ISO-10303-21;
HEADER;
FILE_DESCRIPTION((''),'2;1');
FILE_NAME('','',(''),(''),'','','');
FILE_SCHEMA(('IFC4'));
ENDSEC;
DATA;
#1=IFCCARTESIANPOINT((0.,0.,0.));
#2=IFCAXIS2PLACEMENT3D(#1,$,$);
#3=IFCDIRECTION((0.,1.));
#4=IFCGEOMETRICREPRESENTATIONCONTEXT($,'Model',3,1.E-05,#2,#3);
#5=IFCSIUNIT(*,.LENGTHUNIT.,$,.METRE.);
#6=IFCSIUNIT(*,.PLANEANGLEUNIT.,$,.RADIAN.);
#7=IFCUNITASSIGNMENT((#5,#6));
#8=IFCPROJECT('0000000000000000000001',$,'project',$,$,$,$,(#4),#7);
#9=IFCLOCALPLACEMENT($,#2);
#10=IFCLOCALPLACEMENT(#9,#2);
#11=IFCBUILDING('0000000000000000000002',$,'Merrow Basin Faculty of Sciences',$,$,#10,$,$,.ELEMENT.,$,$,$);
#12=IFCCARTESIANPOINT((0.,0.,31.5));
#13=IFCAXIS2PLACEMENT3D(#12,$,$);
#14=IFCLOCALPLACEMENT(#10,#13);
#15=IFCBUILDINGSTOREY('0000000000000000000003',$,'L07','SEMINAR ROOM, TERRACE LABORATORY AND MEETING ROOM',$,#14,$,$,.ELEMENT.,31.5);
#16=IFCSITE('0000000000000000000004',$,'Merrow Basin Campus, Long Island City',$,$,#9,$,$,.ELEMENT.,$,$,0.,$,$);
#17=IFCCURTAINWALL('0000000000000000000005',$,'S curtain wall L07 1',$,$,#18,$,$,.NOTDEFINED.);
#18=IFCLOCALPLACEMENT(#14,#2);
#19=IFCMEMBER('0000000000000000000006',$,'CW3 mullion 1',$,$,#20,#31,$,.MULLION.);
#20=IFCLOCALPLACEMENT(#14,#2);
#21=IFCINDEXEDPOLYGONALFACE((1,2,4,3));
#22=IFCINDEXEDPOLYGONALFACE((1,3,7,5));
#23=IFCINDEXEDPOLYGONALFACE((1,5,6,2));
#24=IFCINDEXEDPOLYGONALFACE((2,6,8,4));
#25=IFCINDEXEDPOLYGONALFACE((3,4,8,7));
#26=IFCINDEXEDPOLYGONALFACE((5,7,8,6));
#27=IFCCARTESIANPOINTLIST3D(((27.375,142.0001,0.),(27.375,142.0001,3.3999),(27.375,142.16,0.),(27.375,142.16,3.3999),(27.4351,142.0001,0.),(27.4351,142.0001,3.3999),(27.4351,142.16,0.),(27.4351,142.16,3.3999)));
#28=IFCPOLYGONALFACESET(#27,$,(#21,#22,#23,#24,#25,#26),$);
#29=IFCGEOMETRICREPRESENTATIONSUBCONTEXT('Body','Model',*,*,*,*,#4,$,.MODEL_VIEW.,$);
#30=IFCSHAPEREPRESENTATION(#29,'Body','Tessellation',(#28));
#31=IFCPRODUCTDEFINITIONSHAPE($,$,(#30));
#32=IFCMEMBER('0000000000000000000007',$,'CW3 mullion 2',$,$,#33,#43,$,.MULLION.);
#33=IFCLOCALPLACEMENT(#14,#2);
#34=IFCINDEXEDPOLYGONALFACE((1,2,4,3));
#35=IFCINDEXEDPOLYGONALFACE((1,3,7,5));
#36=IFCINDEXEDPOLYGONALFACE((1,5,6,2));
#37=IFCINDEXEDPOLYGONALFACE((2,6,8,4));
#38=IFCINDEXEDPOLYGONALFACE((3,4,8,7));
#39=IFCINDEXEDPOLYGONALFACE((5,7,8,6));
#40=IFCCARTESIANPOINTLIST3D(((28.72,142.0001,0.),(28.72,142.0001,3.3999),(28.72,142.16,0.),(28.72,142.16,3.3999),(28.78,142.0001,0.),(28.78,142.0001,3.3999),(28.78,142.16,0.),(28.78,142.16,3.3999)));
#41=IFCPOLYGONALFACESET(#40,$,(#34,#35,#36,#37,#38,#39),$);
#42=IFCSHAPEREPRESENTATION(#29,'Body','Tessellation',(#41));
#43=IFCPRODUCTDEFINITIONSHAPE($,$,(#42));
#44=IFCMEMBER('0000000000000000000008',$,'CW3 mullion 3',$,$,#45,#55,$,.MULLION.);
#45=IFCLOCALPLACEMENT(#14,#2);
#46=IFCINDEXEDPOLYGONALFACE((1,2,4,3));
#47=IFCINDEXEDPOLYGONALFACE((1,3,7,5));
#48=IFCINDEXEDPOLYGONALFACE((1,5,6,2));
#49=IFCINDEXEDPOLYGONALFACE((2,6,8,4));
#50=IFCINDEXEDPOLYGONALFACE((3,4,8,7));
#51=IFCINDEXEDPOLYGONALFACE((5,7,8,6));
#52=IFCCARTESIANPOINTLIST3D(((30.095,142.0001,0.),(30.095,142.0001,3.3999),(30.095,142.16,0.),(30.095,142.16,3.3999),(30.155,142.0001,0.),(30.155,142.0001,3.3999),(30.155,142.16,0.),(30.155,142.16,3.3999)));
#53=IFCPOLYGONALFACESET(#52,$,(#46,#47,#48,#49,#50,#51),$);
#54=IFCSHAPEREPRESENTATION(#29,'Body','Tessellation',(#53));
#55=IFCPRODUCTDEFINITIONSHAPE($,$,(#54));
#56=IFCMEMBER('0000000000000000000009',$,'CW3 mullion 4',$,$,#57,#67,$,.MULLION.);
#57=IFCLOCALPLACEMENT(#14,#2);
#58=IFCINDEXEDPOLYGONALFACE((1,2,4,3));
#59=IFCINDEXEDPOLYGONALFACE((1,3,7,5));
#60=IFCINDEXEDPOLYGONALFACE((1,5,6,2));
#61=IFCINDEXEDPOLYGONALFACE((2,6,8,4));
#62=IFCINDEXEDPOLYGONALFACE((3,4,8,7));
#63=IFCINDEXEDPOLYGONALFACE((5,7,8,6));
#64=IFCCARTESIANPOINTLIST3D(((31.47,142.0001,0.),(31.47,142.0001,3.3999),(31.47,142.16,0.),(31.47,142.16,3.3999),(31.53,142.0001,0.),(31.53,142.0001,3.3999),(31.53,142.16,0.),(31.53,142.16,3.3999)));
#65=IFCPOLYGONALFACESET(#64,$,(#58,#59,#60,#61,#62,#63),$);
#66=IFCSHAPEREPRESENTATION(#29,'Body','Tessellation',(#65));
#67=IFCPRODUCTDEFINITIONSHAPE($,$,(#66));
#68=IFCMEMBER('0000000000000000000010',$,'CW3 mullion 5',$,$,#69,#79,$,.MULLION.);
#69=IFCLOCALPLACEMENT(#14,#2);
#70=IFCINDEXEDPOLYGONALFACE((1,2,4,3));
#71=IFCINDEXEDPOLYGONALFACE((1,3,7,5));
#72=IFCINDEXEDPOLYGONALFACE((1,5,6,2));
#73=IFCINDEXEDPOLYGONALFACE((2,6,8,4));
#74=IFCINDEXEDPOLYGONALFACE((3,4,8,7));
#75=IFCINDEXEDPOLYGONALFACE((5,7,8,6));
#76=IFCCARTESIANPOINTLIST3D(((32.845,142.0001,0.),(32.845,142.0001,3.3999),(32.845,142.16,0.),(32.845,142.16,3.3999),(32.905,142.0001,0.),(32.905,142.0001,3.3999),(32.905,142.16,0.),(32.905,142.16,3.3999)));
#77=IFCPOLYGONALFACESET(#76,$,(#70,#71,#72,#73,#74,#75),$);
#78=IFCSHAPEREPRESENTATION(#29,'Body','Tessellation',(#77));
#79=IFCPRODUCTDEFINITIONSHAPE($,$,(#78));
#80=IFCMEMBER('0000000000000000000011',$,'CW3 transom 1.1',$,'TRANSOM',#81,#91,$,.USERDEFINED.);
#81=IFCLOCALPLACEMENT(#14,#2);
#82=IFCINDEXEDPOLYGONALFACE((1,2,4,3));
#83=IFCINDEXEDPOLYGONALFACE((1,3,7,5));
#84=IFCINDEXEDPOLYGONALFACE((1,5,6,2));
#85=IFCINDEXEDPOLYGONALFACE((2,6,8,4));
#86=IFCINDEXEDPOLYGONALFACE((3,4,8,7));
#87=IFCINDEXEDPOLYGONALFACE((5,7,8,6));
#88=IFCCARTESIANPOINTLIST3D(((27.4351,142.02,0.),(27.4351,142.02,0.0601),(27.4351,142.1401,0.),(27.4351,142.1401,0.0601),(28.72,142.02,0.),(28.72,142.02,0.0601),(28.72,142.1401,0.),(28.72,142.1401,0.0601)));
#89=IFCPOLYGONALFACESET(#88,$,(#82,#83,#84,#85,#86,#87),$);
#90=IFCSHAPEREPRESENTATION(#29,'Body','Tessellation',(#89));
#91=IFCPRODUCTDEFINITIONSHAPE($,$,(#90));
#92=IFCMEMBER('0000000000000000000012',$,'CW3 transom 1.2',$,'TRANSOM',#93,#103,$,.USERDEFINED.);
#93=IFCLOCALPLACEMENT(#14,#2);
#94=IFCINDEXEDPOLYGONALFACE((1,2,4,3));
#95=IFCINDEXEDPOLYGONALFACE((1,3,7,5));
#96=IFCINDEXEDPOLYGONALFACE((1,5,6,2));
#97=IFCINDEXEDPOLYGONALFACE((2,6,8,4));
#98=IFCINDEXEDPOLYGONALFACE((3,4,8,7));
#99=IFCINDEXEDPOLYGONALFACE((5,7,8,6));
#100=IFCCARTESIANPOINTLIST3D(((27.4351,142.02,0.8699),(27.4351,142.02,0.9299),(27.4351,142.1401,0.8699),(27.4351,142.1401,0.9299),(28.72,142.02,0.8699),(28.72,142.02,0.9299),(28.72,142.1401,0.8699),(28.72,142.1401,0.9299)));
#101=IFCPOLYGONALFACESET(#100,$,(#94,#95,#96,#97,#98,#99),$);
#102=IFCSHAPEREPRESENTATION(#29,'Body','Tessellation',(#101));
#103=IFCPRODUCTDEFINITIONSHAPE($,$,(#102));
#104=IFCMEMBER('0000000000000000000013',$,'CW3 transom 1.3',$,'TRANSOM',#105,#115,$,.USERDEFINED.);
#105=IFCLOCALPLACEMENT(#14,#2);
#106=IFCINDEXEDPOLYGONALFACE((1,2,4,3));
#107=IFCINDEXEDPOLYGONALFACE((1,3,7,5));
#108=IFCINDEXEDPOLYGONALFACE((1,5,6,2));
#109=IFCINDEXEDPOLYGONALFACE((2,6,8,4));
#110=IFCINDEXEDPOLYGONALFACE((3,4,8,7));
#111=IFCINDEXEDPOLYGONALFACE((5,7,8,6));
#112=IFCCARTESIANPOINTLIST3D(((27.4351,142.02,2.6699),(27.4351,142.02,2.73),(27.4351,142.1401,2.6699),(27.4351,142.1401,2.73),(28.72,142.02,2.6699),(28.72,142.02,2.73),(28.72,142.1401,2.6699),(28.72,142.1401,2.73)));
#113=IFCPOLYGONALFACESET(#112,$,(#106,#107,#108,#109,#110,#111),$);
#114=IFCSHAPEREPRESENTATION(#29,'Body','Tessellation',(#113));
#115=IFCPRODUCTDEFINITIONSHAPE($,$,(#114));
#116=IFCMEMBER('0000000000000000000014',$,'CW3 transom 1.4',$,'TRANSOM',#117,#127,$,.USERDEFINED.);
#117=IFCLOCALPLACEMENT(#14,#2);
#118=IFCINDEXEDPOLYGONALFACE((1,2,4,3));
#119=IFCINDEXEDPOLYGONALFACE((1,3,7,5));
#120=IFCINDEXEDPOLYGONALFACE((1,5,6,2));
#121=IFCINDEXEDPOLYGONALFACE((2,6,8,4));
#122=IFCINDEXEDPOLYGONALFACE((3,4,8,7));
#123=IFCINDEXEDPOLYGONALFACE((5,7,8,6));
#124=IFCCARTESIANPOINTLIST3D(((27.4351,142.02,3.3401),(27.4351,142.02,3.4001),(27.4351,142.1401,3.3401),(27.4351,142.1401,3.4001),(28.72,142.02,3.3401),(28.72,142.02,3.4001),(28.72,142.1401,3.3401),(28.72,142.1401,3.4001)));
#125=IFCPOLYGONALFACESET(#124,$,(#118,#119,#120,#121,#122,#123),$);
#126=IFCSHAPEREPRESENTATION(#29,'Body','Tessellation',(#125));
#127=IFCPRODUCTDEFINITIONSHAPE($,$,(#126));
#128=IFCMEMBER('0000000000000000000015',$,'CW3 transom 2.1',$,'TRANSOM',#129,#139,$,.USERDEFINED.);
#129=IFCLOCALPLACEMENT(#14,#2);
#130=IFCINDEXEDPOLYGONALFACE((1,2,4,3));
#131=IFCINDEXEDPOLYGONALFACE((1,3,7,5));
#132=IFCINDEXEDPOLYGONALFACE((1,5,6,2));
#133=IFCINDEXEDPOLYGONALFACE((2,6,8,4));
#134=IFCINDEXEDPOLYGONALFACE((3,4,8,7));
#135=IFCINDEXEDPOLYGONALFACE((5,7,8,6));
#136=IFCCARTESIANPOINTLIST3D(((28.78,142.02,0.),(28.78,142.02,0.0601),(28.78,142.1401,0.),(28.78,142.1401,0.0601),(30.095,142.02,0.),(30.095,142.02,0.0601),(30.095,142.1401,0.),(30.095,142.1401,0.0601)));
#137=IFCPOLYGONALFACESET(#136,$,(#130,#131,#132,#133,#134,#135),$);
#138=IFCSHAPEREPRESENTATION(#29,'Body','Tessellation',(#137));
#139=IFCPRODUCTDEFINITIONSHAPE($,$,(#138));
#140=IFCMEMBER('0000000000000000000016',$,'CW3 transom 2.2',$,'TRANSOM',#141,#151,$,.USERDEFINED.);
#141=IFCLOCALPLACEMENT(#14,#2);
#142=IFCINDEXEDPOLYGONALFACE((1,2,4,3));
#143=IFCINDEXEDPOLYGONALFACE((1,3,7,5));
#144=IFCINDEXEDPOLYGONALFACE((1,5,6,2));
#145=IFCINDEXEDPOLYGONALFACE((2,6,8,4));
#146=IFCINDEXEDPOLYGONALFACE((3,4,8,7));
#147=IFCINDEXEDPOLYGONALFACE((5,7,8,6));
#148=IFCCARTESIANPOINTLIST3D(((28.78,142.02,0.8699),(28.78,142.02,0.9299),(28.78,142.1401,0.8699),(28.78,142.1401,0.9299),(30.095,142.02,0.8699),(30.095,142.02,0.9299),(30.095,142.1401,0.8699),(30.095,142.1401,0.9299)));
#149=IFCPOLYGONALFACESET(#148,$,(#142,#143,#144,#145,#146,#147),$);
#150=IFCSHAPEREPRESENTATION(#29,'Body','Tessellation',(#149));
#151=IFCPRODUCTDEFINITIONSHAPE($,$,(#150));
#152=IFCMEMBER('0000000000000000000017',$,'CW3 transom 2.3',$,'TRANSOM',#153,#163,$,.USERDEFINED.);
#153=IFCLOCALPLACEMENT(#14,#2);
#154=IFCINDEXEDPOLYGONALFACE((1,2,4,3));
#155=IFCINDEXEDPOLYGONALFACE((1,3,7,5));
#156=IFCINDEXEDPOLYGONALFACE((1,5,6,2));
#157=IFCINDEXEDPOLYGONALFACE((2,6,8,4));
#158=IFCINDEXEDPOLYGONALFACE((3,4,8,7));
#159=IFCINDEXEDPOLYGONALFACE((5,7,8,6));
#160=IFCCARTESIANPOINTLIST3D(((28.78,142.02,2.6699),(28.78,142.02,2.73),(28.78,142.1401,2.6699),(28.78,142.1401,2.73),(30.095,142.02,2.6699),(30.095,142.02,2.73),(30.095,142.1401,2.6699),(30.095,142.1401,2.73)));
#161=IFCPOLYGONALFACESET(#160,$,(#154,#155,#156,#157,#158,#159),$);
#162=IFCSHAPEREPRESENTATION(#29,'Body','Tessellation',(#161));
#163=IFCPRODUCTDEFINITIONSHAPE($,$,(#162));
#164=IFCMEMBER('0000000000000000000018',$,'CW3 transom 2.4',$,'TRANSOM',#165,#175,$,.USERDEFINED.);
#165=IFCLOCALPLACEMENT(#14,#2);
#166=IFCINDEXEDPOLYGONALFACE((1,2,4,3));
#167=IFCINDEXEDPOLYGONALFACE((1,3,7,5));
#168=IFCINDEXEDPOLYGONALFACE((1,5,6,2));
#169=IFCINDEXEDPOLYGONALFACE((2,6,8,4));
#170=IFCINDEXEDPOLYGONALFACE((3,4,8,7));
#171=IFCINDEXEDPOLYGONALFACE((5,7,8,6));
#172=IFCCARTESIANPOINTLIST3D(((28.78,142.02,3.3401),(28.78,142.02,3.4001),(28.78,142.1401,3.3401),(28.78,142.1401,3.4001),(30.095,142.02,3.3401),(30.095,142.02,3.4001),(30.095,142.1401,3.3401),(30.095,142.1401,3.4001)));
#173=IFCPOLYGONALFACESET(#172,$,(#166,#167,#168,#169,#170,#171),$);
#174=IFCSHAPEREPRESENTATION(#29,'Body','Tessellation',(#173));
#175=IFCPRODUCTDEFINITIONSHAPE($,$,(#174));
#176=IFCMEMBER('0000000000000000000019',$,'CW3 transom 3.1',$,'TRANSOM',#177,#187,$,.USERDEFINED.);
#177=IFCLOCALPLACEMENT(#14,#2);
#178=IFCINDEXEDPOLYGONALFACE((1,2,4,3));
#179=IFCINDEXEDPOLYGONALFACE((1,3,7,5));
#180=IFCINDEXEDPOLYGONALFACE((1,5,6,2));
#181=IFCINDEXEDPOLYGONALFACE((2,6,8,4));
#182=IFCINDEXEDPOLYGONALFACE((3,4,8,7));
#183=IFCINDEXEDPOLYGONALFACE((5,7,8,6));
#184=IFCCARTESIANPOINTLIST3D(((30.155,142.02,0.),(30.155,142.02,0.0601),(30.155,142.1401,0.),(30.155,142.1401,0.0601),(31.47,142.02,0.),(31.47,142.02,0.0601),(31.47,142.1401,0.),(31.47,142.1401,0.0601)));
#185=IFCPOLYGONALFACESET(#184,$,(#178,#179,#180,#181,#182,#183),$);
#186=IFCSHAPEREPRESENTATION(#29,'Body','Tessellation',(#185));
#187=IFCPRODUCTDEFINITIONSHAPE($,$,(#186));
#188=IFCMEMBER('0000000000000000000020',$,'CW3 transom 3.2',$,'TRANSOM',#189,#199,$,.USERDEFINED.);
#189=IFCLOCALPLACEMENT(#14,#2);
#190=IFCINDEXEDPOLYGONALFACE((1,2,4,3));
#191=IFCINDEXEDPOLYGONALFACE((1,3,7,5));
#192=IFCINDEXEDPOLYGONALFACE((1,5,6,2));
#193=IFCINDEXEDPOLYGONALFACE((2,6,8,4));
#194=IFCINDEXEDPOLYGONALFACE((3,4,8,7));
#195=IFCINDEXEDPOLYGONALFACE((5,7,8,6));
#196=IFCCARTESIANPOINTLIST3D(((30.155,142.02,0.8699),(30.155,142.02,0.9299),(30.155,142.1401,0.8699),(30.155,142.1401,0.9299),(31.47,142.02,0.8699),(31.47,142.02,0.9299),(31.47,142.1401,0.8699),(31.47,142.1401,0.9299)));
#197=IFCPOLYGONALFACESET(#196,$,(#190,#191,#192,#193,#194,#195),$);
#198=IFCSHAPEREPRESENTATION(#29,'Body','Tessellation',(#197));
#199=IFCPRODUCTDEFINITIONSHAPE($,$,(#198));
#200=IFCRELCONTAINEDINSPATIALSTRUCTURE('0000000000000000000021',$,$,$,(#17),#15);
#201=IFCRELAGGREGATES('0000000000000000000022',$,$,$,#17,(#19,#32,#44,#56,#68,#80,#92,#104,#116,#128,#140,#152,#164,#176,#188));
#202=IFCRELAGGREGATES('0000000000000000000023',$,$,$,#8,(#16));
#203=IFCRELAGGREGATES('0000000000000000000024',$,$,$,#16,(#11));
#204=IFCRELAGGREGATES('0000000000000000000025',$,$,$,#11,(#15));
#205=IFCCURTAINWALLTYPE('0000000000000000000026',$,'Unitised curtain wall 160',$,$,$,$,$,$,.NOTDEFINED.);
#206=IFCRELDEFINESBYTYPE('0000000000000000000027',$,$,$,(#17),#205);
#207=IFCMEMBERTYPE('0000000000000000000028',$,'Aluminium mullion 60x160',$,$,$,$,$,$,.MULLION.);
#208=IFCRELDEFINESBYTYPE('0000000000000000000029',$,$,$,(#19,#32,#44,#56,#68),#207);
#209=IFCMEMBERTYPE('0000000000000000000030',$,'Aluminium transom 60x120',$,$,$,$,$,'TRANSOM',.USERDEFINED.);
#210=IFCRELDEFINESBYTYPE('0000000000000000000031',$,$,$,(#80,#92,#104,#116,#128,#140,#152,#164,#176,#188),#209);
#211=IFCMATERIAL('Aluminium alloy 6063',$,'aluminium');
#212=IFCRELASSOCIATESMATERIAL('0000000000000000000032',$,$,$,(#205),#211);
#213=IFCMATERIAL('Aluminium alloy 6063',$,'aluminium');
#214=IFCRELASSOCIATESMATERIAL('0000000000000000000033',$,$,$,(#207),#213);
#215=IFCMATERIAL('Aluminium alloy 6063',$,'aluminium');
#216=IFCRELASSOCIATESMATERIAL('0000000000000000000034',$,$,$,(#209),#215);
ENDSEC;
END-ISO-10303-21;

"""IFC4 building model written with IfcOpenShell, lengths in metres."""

from ifc_helpers import new_model, si_unit, direction, frame, origin, origin_2d, place, context, subcontext, project, spatial, rectangle, extrude, material, material_profile, profile_set, type_object, element, aggregate, save


model = new_model("IFC4")

# Units and contexts
model_context = context("Model", 3, precision=1e-05, world=origin(), true_north=direction((0.0, 1.0)))
body_context = subcontext(model_context, "Body", "Model", "MODEL_VIEW")
ifc_project = project(units=[si_unit("LENGTHUNIT", "METRE"), si_unit("PLANEANGLEUNIT", "RADIAN")], contexts=[model_context])

# Site, building, storey
site_placement = place(None, origin())
site = spatial("IfcSite", under=ifc_project, at=site_placement, Name="Merrow Basin Campus, Long Island City", CompositionType="ELEMENT", RefElevation=0.0)
building_placement = place(site_placement, origin())
building = spatial("IfcBuilding", under=site, at=building_placement, Name="Merrow Basin Faculty of Sciences", CompositionType="ELEMENT")
storey_placement = place(building_placement, frame((0.0, 0.0, 31.5)))
storey = spatial("IfcBuildingStorey", under=building, at=storey_placement, Name="L07", Description="SEMINAR ROOM, TERRACE LABORATORY AND MEETING ROOM", CompositionType="ELEMENT", Elevation=31.5)

# Curtain wall, members
ifc_material_1 = material(Name="Aluminium alloy 6063", Category="aluminium")
curtain_wall_type = type_object("IfcCurtainWallType", Name="Unitised curtain wall 160", PredefinedType="NOTDEFINED", material=ifc_material_1)
curtain_wall_placement = place(storey_placement, origin())
curtain_wall = element("IfcCurtainWall", 1, at=curtain_wall_placement, inside=storey, type_object=curtain_wall_type, Name="S curtain wall L07 1", PredefinedType="NOTDEFINED")
ifc_material_2 = material(Name="Aluminium alloy 6063", Category="aluminium")
ifc_material_profile_1 = material_profile(ifc_material_2, rectangle(XDim=0.1599, YDim=0.0601, at=origin_2d()))
ifc_profile_set_1 = profile_set([ifc_material_profile_1], Name="Aluminium alloy 6063")
member_type_1 = type_object("IfcMemberType", Name="Aluminium mullion 60x160", PredefinedType="MULLION", material=ifc_profile_set_1)
member_1_placement = place(storey_placement, frame((27.405, 142.0801, 0.0), z_axis=(0.0, 0.0, 1.0), x_axis=(0.0, 1.0, 0.0)))
member_1 = element("IfcMember", 2, at=member_1_placement, type_object=member_type_1, Name="CW3 mullion 1", PredefinedType="MULLION", context=body_context, shape_type="SweptSolid", body=[
    extrude(rectangle(XDim=0.1599, YDim=0.0601, at=origin_2d()), origin(), (0.0, 0.0, 1.0), 3.3999),
])
member_2_placement = place(storey_placement, frame((28.75, 142.0801, 0.0), z_axis=(0.0, 0.0, 1.0), x_axis=(0.0, 1.0, 0.0)))
member_2 = element("IfcMember", 3, at=member_2_placement, type_object=member_type_1, Name="CW3 mullion 2", PredefinedType="MULLION", context=body_context, shape_type="SweptSolid", body=[
    extrude(rectangle(XDim=0.1599, YDim=0.0601, at=origin_2d()), origin(), (0.0, 0.0, 1.0), 3.3999),
])
member_3_placement = place(storey_placement, frame((30.125, 142.0801, 0.0), z_axis=(0.0, 0.0, 1.0), x_axis=(0.0, 1.0, 0.0)))
member_3 = element("IfcMember", 4, at=member_3_placement, type_object=member_type_1, Name="CW3 mullion 3", PredefinedType="MULLION", context=body_context, shape_type="SweptSolid", body=[
    extrude(rectangle(XDim=0.1599, YDim=0.0601, at=origin_2d()), origin(), (0.0, 0.0, 1.0), 3.3999),
])
member_4_placement = place(storey_placement, frame((31.5, 142.0801, 0.0), z_axis=(0.0, 0.0, 1.0), x_axis=(0.0, 1.0, 0.0)))
member_4 = element("IfcMember", 5, at=member_4_placement, type_object=member_type_1, Name="CW3 mullion 4", PredefinedType="MULLION", context=body_context, shape_type="SweptSolid", body=[
    extrude(rectangle(XDim=0.1599, YDim=0.0601, at=origin_2d()), origin(), (0.0, 0.0, 1.0), 3.3999),
])
member_5_placement = place(storey_placement, frame((32.875, 142.0801, 0.0), z_axis=(0.0, 0.0, 1.0), x_axis=(0.0, 1.0, 0.0)))
member_5 = element("IfcMember", 6, at=member_5_placement, type_object=member_type_1, Name="CW3 mullion 5", PredefinedType="MULLION", context=body_context, shape_type="SweptSolid", body=[
    extrude(rectangle(XDim=0.1599, YDim=0.0601, at=origin_2d()), origin(), (0.0, 0.0, 1.0), 3.3999),
])
ifc_material_3 = material(Name="Aluminium alloy 6063", Category="aluminium")
ifc_material_profile_2 = material_profile(ifc_material_3, rectangle(XDim=0.1201, YDim=0.0601, at=origin_2d()))
ifc_profile_set_2 = profile_set([ifc_material_profile_2], Name="Aluminium alloy 6063")
member_type_2 = type_object("IfcMemberType", Name="Aluminium transom 60x120", ElementType="TRANSOM", PredefinedType="USERDEFINED", material=ifc_profile_set_2)
member_6_placement = place(storey_placement, frame((27.4351, 142.0801, 0.03), z_axis=(1.0, 0.0, 0.0), x_axis=(0.0, 1.0, 0.0)))
member_6 = element("IfcMember", 7, at=member_6_placement, type_object=member_type_2, Name="CW3 transom 1.1", ObjectType="TRANSOM", PredefinedType="USERDEFINED", context=body_context, shape_type="SweptSolid", body=[
    extrude(rectangle(XDim=0.1201, YDim=0.0601, at=origin_2d()), origin(), (0.0, 0.0, 1.0), 1.2849),
])
member_7_placement = place(storey_placement, frame((27.4351, 142.0801, 0.8999), z_axis=(1.0, 0.0, 0.0), x_axis=(0.0, 1.0, 0.0)))
member_7 = element("IfcMember", 8, at=member_7_placement, type_object=member_type_2, Name="CW3 transom 1.2", ObjectType="TRANSOM", PredefinedType="USERDEFINED", context=body_context, shape_type="SweptSolid", body=[
    extrude(rectangle(XDim=0.1201, YDim=0.0601, at=origin_2d()), origin(), (0.0, 0.0, 1.0), 1.2849),
])
member_8_placement = place(storey_placement, frame((27.4351, 142.0801, 2.7), z_axis=(1.0, 0.0, 0.0), x_axis=(0.0, 1.0, 0.0)))
member_8 = element("IfcMember", 9, at=member_8_placement, type_object=member_type_2, Name="CW3 transom 1.3", ObjectType="TRANSOM", PredefinedType="USERDEFINED", context=body_context, shape_type="SweptSolid", body=[
    extrude(rectangle(XDim=0.1201, YDim=0.0601, at=origin_2d()), origin(), (0.0, 0.0, 1.0), 1.2849),
])
member_9_placement = place(storey_placement, frame((27.4351, 142.0801, 3.3701), z_axis=(1.0, 0.0, 0.0), x_axis=(0.0, 1.0, 0.0)))
member_9 = element("IfcMember", 10, at=member_9_placement, type_object=member_type_2, Name="CW3 transom 1.4", ObjectType="TRANSOM", PredefinedType="USERDEFINED", context=body_context, shape_type="SweptSolid", body=[
    extrude(rectangle(XDim=0.1201, YDim=0.0601, at=origin_2d()), origin(), (0.0, 0.0, 1.0), 1.2849),
])
member_10_placement = place(storey_placement, frame((28.78, 142.0801, 0.03), z_axis=(1.0, 0.0, 0.0), x_axis=(0.0, 1.0, 0.0)))
member_10 = element("IfcMember", 11, at=member_10_placement, type_object=member_type_2, Name="CW3 transom 2.1", ObjectType="TRANSOM", PredefinedType="USERDEFINED", context=body_context, shape_type="SweptSolid", body=[
    extrude(rectangle(XDim=0.1201, YDim=0.0601, at=origin_2d()), origin(), (0.0, 0.0, 1.0), 1.3149),
])
member_11_placement = place(storey_placement, frame((28.78, 142.0801, 0.8999), z_axis=(1.0, 0.0, 0.0), x_axis=(0.0, 1.0, 0.0)))
member_11 = element("IfcMember", 12, at=member_11_placement, type_object=member_type_2, Name="CW3 transom 2.2", ObjectType="TRANSOM", PredefinedType="USERDEFINED", context=body_context, shape_type="SweptSolid", body=[
    extrude(rectangle(XDim=0.1201, YDim=0.0601, at=origin_2d()), origin(), (0.0, 0.0, 1.0), 1.3149),
])
member_12_placement = place(storey_placement, frame((28.78, 142.0801, 2.7), z_axis=(1.0, 0.0, 0.0), x_axis=(0.0, 1.0, 0.0)))
member_12 = element("IfcMember", 13, at=member_12_placement, type_object=member_type_2, Name="CW3 transom 2.3", ObjectType="TRANSOM", PredefinedType="USERDEFINED", context=body_context, shape_type="SweptSolid", body=[
    extrude(rectangle(XDim=0.1201, YDim=0.0601, at=origin_2d()), origin(), (0.0, 0.0, 1.0), 1.3149),
])
member_13_placement = place(storey_placement, frame((28.78, 142.0801, 3.3701), z_axis=(1.0, 0.0, 0.0), x_axis=(0.0, 1.0, 0.0)))
member_13 = element("IfcMember", 14, at=member_13_placement, type_object=member_type_2, Name="CW3 transom 2.4", ObjectType="TRANSOM", PredefinedType="USERDEFINED", context=body_context, shape_type="SweptSolid", body=[
    extrude(rectangle(XDim=0.1201, YDim=0.0601, at=origin_2d()), origin(), (0.0, 0.0, 1.0), 1.3149),
])
member_14_placement = place(storey_placement, frame((30.155, 142.0801, 0.03), z_axis=(1.0, 0.0, 0.0), x_axis=(0.0, 1.0, 0.0)))
member_14 = element("IfcMember", 15, at=member_14_placement, type_object=member_type_2, Name="CW3 transom 3.1", ObjectType="TRANSOM", PredefinedType="USERDEFINED", context=body_context, shape_type="SweptSolid", body=[
    extrude(rectangle(XDim=0.1201, YDim=0.0601, at=origin_2d()), origin(), (0.0, 0.0, 1.0), 1.3149),
])
member_15_placement = place(storey_placement, frame((30.155, 142.0801, 0.8999), z_axis=(1.0, 0.0, 0.0), x_axis=(0.0, 1.0, 0.0)))
member_15 = element("IfcMember", 16, at=member_15_placement, type_object=member_type_2, Name="CW3 transom 3.2", ObjectType="TRANSOM", PredefinedType="USERDEFINED", context=body_context, shape_type="SweptSolid", body=[
    extrude(rectangle(XDim=0.1201, YDim=0.0601, at=origin_2d()), origin(), (0.0, 0.0, 1.0), 1.3149),
])
aggregate(curtain_wall, [member_1, member_2, member_3, member_4, member_5, member_6, member_7, member_8, member_9, member_10, member_11, member_12, member_13, member_14, member_15])

save(model, "model.ifc")
